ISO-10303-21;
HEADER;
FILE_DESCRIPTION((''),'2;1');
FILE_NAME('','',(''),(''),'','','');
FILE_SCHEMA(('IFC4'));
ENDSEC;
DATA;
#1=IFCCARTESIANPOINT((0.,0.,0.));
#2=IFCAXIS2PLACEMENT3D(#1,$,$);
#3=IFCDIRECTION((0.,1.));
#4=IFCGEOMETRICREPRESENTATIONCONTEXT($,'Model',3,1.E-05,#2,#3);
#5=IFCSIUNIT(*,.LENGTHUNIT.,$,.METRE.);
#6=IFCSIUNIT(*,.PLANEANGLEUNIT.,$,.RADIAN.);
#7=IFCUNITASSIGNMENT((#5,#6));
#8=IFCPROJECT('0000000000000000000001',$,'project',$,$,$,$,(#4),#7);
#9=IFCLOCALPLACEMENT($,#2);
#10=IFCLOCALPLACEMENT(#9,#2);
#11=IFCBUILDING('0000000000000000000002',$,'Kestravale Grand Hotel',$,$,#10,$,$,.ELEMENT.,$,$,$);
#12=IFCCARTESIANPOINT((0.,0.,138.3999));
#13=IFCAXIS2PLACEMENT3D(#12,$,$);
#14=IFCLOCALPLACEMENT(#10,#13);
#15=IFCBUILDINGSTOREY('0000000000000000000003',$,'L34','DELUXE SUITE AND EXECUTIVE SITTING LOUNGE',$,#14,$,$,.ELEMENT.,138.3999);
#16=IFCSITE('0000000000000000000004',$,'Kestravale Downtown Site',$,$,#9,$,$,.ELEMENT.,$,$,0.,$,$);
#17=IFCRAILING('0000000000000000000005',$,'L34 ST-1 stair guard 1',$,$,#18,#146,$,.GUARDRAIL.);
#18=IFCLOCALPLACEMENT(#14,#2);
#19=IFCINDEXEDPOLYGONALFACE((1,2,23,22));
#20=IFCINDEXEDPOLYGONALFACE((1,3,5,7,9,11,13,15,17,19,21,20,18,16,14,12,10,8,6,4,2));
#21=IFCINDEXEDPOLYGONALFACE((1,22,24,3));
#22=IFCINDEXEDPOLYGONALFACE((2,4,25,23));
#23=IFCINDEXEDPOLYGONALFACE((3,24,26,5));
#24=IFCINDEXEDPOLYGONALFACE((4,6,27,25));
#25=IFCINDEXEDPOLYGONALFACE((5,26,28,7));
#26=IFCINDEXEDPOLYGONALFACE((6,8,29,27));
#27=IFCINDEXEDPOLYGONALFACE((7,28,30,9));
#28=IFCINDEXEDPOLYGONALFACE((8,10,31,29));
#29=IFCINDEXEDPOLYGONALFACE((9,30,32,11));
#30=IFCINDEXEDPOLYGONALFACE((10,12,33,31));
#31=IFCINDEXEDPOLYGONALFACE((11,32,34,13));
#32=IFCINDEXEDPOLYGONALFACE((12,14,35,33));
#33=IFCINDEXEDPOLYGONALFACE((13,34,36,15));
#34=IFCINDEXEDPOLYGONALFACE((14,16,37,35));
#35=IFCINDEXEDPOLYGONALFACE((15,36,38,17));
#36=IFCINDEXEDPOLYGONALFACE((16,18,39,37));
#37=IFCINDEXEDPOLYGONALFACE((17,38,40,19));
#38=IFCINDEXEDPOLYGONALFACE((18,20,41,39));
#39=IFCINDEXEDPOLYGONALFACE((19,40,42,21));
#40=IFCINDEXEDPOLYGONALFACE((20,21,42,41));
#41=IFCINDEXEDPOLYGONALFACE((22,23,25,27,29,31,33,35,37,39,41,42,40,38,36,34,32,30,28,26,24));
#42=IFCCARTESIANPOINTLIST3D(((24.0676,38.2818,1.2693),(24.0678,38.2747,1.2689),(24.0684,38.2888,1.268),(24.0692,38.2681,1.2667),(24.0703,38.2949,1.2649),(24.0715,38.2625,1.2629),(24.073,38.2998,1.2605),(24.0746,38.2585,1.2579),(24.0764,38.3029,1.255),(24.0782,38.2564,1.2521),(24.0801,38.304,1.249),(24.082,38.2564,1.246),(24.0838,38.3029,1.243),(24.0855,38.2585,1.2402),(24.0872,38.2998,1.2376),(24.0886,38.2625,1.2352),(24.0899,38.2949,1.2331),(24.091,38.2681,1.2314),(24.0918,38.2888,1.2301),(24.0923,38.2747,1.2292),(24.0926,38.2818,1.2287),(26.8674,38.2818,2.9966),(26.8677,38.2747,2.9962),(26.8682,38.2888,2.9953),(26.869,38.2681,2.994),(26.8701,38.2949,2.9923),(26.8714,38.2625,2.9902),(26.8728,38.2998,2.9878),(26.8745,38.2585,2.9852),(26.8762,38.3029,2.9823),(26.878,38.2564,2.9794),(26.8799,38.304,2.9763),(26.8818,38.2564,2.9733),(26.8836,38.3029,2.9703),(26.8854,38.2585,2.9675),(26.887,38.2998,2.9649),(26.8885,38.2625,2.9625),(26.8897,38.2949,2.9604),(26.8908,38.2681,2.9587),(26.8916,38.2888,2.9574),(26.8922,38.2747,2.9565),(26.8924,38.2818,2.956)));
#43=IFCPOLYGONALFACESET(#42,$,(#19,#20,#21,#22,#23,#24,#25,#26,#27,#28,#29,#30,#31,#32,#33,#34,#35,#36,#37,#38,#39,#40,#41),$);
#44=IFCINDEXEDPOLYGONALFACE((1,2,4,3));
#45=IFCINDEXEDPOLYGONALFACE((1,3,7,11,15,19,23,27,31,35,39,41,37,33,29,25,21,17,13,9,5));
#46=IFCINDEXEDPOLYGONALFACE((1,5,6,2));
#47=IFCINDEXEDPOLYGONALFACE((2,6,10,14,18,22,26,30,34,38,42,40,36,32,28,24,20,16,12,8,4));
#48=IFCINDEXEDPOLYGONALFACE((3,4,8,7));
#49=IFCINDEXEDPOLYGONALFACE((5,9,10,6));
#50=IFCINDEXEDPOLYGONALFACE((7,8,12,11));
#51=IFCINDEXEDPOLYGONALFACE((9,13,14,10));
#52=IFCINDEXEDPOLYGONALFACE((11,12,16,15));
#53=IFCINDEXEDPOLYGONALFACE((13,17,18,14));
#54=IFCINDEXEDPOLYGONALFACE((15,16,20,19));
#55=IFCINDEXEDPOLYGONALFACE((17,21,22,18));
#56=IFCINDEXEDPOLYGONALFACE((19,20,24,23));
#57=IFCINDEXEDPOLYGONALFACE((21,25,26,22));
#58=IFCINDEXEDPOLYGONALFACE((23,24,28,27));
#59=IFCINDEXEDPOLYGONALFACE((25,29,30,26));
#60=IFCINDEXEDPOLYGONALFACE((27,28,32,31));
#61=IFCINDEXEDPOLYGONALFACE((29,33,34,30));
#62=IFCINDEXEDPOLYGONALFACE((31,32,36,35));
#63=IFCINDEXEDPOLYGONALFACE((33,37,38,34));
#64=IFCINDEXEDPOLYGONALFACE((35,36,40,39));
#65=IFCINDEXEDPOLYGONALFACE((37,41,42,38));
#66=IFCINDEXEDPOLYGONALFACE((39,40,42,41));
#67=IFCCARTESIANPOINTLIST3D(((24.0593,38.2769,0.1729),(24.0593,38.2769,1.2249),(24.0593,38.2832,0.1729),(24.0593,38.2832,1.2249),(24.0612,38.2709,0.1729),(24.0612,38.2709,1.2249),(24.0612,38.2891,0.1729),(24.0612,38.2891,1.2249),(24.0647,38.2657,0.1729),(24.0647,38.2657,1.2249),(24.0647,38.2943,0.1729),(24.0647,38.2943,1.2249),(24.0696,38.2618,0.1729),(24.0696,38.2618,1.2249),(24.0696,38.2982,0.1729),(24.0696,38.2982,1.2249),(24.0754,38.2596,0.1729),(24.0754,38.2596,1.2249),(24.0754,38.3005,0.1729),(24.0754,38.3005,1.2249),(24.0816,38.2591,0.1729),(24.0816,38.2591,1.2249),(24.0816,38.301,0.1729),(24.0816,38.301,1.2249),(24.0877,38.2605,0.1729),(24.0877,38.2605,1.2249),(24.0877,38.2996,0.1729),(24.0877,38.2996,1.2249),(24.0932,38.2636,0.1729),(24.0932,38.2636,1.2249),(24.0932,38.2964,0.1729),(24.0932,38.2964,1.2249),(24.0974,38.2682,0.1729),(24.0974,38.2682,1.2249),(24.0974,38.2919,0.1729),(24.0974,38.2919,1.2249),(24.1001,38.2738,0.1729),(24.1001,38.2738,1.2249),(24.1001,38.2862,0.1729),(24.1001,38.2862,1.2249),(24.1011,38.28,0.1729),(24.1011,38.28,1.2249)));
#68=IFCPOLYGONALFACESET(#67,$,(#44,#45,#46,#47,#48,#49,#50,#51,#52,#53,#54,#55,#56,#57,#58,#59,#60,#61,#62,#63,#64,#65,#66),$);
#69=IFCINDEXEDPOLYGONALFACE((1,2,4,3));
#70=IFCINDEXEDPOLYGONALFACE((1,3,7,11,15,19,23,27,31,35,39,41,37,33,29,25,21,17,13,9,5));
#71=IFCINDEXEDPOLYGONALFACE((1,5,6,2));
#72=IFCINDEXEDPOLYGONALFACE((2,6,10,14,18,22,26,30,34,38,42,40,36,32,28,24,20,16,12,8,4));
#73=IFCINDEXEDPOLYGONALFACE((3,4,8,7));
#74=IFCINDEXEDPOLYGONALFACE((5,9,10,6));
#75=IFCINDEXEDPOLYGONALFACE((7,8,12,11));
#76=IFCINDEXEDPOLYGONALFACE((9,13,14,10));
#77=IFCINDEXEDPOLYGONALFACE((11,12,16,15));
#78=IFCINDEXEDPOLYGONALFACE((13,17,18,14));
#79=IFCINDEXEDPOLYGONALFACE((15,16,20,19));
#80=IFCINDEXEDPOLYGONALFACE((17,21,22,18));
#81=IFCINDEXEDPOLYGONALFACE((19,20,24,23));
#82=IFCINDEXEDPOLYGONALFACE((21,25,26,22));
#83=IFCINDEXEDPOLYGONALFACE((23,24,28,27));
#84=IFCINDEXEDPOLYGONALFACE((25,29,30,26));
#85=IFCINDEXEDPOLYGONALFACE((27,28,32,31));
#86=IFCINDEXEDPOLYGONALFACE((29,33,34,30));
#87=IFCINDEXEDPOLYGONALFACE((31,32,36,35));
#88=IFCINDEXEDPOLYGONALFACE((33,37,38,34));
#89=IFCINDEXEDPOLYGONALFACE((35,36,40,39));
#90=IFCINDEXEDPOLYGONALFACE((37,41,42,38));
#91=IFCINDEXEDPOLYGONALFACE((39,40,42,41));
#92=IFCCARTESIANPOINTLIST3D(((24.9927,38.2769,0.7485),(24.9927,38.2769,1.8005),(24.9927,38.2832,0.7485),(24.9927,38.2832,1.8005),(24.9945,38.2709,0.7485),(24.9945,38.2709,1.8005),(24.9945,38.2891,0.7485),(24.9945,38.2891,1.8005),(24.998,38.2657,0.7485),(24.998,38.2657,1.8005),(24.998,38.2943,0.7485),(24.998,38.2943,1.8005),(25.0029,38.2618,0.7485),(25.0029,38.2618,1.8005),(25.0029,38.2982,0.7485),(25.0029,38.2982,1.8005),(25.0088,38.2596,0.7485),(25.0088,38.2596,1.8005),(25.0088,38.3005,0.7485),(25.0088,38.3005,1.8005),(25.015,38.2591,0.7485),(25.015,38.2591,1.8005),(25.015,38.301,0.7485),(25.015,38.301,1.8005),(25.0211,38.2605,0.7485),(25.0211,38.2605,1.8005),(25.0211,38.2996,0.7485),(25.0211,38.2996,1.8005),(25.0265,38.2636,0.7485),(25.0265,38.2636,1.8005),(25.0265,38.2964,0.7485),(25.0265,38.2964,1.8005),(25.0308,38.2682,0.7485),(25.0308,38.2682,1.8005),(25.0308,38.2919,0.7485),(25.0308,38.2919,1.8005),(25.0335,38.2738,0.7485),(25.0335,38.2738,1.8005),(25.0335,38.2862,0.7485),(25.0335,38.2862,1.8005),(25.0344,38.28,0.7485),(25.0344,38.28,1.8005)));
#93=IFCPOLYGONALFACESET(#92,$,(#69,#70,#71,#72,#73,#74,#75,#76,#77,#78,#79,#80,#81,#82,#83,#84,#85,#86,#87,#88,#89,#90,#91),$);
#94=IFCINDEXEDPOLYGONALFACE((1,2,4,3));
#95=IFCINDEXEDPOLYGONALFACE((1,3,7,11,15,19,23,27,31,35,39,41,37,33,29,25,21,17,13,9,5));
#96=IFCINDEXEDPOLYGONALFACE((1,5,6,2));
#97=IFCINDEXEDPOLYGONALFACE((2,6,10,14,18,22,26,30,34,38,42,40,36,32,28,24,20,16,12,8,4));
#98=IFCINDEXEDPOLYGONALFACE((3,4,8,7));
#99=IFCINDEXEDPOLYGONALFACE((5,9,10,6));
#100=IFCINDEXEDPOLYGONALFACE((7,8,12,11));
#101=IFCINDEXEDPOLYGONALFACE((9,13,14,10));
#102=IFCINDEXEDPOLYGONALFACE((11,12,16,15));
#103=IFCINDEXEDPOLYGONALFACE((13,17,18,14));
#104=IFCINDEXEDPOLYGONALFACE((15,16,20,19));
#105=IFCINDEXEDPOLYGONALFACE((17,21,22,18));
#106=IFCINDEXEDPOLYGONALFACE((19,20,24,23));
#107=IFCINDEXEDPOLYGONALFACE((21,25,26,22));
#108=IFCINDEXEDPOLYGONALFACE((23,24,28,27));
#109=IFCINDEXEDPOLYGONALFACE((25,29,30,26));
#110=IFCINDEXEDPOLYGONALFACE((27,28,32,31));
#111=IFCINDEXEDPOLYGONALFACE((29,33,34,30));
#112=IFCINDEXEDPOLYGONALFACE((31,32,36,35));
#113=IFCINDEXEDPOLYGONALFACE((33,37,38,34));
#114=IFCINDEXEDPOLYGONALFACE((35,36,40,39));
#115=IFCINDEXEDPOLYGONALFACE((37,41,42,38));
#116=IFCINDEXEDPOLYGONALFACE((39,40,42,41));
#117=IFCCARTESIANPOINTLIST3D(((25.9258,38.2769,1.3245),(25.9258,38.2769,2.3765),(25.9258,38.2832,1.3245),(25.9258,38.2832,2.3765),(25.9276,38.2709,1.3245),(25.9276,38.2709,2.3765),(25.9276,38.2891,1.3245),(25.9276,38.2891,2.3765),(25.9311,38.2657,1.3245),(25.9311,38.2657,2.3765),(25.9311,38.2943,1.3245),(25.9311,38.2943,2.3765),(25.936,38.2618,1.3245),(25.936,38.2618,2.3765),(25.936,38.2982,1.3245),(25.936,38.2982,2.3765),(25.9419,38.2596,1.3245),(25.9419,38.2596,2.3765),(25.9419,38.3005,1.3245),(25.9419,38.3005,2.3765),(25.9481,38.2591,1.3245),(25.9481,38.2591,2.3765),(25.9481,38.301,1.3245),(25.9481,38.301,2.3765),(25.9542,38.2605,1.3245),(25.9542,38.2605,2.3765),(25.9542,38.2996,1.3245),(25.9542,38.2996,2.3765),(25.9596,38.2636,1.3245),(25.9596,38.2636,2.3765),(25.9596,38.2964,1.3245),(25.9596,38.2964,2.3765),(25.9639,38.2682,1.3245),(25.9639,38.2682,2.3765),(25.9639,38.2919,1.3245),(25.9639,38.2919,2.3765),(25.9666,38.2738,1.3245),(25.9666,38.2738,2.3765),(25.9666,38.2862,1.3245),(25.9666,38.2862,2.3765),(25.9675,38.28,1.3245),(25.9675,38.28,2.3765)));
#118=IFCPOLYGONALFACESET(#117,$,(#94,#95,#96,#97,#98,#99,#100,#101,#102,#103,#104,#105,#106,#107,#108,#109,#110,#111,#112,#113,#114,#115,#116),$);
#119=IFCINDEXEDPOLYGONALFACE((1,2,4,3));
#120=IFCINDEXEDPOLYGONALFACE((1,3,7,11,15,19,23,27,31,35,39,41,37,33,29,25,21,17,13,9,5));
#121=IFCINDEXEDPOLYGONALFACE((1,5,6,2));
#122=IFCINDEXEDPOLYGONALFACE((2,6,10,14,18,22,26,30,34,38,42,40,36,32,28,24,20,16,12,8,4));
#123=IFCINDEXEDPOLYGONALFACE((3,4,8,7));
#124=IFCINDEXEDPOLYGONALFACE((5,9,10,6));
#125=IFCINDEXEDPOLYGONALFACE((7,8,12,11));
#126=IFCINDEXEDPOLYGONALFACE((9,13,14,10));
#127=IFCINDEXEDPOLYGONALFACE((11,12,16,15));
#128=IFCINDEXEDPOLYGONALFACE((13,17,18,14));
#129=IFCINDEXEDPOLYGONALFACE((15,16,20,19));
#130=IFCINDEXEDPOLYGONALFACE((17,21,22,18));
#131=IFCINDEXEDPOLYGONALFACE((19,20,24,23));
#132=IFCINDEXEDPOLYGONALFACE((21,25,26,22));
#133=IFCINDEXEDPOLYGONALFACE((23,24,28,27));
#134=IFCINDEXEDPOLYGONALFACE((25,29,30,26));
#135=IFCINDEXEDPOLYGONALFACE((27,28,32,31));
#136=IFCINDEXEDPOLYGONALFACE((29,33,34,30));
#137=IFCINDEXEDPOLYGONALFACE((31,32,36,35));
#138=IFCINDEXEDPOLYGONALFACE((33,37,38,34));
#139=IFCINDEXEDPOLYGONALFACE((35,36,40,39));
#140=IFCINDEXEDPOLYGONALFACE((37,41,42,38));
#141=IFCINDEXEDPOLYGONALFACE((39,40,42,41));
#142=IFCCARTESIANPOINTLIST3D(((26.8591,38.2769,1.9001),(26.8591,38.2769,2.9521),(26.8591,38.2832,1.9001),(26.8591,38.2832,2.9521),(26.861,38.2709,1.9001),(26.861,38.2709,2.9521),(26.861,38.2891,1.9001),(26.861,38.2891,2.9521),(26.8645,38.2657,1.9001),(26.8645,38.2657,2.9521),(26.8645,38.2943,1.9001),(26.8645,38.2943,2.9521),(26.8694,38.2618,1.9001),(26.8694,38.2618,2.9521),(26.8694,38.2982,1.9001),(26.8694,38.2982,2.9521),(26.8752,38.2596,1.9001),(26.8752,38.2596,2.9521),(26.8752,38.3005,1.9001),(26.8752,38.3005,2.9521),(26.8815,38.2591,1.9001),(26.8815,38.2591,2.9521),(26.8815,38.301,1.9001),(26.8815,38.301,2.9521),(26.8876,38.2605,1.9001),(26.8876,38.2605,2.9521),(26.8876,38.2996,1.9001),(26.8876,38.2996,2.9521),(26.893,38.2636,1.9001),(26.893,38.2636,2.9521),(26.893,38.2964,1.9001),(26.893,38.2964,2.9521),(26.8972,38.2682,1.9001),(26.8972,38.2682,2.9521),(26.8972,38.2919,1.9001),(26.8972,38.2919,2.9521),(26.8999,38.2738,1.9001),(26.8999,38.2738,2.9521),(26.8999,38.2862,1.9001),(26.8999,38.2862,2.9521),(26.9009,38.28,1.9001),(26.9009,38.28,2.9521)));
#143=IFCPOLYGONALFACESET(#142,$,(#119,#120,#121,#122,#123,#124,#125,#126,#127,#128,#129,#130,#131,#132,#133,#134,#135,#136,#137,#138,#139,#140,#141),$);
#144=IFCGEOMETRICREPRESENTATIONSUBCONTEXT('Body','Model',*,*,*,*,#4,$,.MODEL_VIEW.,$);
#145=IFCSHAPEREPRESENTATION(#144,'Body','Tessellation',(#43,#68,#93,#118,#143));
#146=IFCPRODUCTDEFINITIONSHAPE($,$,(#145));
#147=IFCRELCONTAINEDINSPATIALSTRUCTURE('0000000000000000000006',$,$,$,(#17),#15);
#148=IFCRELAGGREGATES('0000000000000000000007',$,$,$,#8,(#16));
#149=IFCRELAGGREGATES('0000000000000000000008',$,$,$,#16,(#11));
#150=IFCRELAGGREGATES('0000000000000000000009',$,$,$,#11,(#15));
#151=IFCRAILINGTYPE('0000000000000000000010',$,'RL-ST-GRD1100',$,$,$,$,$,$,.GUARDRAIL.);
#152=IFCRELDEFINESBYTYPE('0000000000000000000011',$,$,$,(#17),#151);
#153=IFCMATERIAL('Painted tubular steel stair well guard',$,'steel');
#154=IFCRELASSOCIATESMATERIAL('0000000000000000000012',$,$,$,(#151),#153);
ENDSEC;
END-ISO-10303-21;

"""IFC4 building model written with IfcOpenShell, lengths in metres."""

from ifc_helpers import new_model, si_unit, direction, frame, origin, origin_2d, place, context, subcontext, project, spatial, circle, extrude, material, type_object, element, save


model = new_model("IFC4")

# Units and contexts
model_context = context("Model", 3, precision=1e-05, world=origin(), true_north=direction((0.0, 1.0)))
body_context = subcontext(model_context, "Body", "Model", "MODEL_VIEW")
ifc_project = project(units=[si_unit("LENGTHUNIT", "METRE"), si_unit("PLANEANGLEUNIT", "RADIAN")], contexts=[model_context])

# Site, building, storey
site_placement = place(None, origin())
site = spatial("IfcSite", under=ifc_project, at=site_placement, Name="Kestravale Downtown Site", CompositionType="ELEMENT", RefElevation=0.0)
building_placement = place(site_placement, origin())
building = spatial("IfcBuilding", under=site, at=building_placement, Name="Kestravale Grand Hotel", CompositionType="ELEMENT")
storey_placement = place(building_placement, frame((0.0, 0.0, 138.3999)))
storey = spatial("IfcBuildingStorey", under=building, at=storey_placement, Name="L34", Description="DELUXE SUITE AND EXECUTIVE SITTING LOUNGE", CompositionType="ELEMENT", Elevation=138.3999)

# Railing
ifc_material_1 = material(Name="Painted tubular steel stair well guard", Category="steel")
railing_type_1 = type_object("IfcRailingType", Name="RL-ST-GRD1100", PredefinedType="GUARDRAIL", material=ifc_material_1)
railing_1_placement = place(storey_placement, frame((24.0801, 38.28, 0.1729)))
element("IfcRailing", 1, at=railing_1_placement, inside=storey, type_object=railing_type_1, Name="L34 ST-1 stair guard 1", PredefinedType="GUARDRAIL", context=body_context, shape_type="SweptSolid", body=[
    extrude(circle(Radius=0.0239, at=origin_2d()), frame((0.0, 0.0, 1.0762), z_axis=(0.851069, 0.0, 0.525054), x_axis=(0.0, 1.0, 0.0)), (0.0, 0.0, 1.0), 3.2898),
    extrude(circle(Radius=0.021, at=origin_2d()), origin(), (0.0, 0.0, 1.0), 1.052),
    extrude(circle(Radius=0.021, at=origin_2d()), frame((0.9333, 0.0, 0.5757)), (0.0, 0.0, 1.0), 1.052),
    extrude(circle(Radius=0.021, at=origin_2d()), frame((1.8665, 0.0, 1.1516)), (0.0, 0.0, 1.0), 1.052),
    extrude(circle(Radius=0.021, at=origin_2d()), frame((2.7998, 0.0, 1.7273)), (0.0, 0.0, 1.0), 1.052),
])

save(model, "model.ifc")
